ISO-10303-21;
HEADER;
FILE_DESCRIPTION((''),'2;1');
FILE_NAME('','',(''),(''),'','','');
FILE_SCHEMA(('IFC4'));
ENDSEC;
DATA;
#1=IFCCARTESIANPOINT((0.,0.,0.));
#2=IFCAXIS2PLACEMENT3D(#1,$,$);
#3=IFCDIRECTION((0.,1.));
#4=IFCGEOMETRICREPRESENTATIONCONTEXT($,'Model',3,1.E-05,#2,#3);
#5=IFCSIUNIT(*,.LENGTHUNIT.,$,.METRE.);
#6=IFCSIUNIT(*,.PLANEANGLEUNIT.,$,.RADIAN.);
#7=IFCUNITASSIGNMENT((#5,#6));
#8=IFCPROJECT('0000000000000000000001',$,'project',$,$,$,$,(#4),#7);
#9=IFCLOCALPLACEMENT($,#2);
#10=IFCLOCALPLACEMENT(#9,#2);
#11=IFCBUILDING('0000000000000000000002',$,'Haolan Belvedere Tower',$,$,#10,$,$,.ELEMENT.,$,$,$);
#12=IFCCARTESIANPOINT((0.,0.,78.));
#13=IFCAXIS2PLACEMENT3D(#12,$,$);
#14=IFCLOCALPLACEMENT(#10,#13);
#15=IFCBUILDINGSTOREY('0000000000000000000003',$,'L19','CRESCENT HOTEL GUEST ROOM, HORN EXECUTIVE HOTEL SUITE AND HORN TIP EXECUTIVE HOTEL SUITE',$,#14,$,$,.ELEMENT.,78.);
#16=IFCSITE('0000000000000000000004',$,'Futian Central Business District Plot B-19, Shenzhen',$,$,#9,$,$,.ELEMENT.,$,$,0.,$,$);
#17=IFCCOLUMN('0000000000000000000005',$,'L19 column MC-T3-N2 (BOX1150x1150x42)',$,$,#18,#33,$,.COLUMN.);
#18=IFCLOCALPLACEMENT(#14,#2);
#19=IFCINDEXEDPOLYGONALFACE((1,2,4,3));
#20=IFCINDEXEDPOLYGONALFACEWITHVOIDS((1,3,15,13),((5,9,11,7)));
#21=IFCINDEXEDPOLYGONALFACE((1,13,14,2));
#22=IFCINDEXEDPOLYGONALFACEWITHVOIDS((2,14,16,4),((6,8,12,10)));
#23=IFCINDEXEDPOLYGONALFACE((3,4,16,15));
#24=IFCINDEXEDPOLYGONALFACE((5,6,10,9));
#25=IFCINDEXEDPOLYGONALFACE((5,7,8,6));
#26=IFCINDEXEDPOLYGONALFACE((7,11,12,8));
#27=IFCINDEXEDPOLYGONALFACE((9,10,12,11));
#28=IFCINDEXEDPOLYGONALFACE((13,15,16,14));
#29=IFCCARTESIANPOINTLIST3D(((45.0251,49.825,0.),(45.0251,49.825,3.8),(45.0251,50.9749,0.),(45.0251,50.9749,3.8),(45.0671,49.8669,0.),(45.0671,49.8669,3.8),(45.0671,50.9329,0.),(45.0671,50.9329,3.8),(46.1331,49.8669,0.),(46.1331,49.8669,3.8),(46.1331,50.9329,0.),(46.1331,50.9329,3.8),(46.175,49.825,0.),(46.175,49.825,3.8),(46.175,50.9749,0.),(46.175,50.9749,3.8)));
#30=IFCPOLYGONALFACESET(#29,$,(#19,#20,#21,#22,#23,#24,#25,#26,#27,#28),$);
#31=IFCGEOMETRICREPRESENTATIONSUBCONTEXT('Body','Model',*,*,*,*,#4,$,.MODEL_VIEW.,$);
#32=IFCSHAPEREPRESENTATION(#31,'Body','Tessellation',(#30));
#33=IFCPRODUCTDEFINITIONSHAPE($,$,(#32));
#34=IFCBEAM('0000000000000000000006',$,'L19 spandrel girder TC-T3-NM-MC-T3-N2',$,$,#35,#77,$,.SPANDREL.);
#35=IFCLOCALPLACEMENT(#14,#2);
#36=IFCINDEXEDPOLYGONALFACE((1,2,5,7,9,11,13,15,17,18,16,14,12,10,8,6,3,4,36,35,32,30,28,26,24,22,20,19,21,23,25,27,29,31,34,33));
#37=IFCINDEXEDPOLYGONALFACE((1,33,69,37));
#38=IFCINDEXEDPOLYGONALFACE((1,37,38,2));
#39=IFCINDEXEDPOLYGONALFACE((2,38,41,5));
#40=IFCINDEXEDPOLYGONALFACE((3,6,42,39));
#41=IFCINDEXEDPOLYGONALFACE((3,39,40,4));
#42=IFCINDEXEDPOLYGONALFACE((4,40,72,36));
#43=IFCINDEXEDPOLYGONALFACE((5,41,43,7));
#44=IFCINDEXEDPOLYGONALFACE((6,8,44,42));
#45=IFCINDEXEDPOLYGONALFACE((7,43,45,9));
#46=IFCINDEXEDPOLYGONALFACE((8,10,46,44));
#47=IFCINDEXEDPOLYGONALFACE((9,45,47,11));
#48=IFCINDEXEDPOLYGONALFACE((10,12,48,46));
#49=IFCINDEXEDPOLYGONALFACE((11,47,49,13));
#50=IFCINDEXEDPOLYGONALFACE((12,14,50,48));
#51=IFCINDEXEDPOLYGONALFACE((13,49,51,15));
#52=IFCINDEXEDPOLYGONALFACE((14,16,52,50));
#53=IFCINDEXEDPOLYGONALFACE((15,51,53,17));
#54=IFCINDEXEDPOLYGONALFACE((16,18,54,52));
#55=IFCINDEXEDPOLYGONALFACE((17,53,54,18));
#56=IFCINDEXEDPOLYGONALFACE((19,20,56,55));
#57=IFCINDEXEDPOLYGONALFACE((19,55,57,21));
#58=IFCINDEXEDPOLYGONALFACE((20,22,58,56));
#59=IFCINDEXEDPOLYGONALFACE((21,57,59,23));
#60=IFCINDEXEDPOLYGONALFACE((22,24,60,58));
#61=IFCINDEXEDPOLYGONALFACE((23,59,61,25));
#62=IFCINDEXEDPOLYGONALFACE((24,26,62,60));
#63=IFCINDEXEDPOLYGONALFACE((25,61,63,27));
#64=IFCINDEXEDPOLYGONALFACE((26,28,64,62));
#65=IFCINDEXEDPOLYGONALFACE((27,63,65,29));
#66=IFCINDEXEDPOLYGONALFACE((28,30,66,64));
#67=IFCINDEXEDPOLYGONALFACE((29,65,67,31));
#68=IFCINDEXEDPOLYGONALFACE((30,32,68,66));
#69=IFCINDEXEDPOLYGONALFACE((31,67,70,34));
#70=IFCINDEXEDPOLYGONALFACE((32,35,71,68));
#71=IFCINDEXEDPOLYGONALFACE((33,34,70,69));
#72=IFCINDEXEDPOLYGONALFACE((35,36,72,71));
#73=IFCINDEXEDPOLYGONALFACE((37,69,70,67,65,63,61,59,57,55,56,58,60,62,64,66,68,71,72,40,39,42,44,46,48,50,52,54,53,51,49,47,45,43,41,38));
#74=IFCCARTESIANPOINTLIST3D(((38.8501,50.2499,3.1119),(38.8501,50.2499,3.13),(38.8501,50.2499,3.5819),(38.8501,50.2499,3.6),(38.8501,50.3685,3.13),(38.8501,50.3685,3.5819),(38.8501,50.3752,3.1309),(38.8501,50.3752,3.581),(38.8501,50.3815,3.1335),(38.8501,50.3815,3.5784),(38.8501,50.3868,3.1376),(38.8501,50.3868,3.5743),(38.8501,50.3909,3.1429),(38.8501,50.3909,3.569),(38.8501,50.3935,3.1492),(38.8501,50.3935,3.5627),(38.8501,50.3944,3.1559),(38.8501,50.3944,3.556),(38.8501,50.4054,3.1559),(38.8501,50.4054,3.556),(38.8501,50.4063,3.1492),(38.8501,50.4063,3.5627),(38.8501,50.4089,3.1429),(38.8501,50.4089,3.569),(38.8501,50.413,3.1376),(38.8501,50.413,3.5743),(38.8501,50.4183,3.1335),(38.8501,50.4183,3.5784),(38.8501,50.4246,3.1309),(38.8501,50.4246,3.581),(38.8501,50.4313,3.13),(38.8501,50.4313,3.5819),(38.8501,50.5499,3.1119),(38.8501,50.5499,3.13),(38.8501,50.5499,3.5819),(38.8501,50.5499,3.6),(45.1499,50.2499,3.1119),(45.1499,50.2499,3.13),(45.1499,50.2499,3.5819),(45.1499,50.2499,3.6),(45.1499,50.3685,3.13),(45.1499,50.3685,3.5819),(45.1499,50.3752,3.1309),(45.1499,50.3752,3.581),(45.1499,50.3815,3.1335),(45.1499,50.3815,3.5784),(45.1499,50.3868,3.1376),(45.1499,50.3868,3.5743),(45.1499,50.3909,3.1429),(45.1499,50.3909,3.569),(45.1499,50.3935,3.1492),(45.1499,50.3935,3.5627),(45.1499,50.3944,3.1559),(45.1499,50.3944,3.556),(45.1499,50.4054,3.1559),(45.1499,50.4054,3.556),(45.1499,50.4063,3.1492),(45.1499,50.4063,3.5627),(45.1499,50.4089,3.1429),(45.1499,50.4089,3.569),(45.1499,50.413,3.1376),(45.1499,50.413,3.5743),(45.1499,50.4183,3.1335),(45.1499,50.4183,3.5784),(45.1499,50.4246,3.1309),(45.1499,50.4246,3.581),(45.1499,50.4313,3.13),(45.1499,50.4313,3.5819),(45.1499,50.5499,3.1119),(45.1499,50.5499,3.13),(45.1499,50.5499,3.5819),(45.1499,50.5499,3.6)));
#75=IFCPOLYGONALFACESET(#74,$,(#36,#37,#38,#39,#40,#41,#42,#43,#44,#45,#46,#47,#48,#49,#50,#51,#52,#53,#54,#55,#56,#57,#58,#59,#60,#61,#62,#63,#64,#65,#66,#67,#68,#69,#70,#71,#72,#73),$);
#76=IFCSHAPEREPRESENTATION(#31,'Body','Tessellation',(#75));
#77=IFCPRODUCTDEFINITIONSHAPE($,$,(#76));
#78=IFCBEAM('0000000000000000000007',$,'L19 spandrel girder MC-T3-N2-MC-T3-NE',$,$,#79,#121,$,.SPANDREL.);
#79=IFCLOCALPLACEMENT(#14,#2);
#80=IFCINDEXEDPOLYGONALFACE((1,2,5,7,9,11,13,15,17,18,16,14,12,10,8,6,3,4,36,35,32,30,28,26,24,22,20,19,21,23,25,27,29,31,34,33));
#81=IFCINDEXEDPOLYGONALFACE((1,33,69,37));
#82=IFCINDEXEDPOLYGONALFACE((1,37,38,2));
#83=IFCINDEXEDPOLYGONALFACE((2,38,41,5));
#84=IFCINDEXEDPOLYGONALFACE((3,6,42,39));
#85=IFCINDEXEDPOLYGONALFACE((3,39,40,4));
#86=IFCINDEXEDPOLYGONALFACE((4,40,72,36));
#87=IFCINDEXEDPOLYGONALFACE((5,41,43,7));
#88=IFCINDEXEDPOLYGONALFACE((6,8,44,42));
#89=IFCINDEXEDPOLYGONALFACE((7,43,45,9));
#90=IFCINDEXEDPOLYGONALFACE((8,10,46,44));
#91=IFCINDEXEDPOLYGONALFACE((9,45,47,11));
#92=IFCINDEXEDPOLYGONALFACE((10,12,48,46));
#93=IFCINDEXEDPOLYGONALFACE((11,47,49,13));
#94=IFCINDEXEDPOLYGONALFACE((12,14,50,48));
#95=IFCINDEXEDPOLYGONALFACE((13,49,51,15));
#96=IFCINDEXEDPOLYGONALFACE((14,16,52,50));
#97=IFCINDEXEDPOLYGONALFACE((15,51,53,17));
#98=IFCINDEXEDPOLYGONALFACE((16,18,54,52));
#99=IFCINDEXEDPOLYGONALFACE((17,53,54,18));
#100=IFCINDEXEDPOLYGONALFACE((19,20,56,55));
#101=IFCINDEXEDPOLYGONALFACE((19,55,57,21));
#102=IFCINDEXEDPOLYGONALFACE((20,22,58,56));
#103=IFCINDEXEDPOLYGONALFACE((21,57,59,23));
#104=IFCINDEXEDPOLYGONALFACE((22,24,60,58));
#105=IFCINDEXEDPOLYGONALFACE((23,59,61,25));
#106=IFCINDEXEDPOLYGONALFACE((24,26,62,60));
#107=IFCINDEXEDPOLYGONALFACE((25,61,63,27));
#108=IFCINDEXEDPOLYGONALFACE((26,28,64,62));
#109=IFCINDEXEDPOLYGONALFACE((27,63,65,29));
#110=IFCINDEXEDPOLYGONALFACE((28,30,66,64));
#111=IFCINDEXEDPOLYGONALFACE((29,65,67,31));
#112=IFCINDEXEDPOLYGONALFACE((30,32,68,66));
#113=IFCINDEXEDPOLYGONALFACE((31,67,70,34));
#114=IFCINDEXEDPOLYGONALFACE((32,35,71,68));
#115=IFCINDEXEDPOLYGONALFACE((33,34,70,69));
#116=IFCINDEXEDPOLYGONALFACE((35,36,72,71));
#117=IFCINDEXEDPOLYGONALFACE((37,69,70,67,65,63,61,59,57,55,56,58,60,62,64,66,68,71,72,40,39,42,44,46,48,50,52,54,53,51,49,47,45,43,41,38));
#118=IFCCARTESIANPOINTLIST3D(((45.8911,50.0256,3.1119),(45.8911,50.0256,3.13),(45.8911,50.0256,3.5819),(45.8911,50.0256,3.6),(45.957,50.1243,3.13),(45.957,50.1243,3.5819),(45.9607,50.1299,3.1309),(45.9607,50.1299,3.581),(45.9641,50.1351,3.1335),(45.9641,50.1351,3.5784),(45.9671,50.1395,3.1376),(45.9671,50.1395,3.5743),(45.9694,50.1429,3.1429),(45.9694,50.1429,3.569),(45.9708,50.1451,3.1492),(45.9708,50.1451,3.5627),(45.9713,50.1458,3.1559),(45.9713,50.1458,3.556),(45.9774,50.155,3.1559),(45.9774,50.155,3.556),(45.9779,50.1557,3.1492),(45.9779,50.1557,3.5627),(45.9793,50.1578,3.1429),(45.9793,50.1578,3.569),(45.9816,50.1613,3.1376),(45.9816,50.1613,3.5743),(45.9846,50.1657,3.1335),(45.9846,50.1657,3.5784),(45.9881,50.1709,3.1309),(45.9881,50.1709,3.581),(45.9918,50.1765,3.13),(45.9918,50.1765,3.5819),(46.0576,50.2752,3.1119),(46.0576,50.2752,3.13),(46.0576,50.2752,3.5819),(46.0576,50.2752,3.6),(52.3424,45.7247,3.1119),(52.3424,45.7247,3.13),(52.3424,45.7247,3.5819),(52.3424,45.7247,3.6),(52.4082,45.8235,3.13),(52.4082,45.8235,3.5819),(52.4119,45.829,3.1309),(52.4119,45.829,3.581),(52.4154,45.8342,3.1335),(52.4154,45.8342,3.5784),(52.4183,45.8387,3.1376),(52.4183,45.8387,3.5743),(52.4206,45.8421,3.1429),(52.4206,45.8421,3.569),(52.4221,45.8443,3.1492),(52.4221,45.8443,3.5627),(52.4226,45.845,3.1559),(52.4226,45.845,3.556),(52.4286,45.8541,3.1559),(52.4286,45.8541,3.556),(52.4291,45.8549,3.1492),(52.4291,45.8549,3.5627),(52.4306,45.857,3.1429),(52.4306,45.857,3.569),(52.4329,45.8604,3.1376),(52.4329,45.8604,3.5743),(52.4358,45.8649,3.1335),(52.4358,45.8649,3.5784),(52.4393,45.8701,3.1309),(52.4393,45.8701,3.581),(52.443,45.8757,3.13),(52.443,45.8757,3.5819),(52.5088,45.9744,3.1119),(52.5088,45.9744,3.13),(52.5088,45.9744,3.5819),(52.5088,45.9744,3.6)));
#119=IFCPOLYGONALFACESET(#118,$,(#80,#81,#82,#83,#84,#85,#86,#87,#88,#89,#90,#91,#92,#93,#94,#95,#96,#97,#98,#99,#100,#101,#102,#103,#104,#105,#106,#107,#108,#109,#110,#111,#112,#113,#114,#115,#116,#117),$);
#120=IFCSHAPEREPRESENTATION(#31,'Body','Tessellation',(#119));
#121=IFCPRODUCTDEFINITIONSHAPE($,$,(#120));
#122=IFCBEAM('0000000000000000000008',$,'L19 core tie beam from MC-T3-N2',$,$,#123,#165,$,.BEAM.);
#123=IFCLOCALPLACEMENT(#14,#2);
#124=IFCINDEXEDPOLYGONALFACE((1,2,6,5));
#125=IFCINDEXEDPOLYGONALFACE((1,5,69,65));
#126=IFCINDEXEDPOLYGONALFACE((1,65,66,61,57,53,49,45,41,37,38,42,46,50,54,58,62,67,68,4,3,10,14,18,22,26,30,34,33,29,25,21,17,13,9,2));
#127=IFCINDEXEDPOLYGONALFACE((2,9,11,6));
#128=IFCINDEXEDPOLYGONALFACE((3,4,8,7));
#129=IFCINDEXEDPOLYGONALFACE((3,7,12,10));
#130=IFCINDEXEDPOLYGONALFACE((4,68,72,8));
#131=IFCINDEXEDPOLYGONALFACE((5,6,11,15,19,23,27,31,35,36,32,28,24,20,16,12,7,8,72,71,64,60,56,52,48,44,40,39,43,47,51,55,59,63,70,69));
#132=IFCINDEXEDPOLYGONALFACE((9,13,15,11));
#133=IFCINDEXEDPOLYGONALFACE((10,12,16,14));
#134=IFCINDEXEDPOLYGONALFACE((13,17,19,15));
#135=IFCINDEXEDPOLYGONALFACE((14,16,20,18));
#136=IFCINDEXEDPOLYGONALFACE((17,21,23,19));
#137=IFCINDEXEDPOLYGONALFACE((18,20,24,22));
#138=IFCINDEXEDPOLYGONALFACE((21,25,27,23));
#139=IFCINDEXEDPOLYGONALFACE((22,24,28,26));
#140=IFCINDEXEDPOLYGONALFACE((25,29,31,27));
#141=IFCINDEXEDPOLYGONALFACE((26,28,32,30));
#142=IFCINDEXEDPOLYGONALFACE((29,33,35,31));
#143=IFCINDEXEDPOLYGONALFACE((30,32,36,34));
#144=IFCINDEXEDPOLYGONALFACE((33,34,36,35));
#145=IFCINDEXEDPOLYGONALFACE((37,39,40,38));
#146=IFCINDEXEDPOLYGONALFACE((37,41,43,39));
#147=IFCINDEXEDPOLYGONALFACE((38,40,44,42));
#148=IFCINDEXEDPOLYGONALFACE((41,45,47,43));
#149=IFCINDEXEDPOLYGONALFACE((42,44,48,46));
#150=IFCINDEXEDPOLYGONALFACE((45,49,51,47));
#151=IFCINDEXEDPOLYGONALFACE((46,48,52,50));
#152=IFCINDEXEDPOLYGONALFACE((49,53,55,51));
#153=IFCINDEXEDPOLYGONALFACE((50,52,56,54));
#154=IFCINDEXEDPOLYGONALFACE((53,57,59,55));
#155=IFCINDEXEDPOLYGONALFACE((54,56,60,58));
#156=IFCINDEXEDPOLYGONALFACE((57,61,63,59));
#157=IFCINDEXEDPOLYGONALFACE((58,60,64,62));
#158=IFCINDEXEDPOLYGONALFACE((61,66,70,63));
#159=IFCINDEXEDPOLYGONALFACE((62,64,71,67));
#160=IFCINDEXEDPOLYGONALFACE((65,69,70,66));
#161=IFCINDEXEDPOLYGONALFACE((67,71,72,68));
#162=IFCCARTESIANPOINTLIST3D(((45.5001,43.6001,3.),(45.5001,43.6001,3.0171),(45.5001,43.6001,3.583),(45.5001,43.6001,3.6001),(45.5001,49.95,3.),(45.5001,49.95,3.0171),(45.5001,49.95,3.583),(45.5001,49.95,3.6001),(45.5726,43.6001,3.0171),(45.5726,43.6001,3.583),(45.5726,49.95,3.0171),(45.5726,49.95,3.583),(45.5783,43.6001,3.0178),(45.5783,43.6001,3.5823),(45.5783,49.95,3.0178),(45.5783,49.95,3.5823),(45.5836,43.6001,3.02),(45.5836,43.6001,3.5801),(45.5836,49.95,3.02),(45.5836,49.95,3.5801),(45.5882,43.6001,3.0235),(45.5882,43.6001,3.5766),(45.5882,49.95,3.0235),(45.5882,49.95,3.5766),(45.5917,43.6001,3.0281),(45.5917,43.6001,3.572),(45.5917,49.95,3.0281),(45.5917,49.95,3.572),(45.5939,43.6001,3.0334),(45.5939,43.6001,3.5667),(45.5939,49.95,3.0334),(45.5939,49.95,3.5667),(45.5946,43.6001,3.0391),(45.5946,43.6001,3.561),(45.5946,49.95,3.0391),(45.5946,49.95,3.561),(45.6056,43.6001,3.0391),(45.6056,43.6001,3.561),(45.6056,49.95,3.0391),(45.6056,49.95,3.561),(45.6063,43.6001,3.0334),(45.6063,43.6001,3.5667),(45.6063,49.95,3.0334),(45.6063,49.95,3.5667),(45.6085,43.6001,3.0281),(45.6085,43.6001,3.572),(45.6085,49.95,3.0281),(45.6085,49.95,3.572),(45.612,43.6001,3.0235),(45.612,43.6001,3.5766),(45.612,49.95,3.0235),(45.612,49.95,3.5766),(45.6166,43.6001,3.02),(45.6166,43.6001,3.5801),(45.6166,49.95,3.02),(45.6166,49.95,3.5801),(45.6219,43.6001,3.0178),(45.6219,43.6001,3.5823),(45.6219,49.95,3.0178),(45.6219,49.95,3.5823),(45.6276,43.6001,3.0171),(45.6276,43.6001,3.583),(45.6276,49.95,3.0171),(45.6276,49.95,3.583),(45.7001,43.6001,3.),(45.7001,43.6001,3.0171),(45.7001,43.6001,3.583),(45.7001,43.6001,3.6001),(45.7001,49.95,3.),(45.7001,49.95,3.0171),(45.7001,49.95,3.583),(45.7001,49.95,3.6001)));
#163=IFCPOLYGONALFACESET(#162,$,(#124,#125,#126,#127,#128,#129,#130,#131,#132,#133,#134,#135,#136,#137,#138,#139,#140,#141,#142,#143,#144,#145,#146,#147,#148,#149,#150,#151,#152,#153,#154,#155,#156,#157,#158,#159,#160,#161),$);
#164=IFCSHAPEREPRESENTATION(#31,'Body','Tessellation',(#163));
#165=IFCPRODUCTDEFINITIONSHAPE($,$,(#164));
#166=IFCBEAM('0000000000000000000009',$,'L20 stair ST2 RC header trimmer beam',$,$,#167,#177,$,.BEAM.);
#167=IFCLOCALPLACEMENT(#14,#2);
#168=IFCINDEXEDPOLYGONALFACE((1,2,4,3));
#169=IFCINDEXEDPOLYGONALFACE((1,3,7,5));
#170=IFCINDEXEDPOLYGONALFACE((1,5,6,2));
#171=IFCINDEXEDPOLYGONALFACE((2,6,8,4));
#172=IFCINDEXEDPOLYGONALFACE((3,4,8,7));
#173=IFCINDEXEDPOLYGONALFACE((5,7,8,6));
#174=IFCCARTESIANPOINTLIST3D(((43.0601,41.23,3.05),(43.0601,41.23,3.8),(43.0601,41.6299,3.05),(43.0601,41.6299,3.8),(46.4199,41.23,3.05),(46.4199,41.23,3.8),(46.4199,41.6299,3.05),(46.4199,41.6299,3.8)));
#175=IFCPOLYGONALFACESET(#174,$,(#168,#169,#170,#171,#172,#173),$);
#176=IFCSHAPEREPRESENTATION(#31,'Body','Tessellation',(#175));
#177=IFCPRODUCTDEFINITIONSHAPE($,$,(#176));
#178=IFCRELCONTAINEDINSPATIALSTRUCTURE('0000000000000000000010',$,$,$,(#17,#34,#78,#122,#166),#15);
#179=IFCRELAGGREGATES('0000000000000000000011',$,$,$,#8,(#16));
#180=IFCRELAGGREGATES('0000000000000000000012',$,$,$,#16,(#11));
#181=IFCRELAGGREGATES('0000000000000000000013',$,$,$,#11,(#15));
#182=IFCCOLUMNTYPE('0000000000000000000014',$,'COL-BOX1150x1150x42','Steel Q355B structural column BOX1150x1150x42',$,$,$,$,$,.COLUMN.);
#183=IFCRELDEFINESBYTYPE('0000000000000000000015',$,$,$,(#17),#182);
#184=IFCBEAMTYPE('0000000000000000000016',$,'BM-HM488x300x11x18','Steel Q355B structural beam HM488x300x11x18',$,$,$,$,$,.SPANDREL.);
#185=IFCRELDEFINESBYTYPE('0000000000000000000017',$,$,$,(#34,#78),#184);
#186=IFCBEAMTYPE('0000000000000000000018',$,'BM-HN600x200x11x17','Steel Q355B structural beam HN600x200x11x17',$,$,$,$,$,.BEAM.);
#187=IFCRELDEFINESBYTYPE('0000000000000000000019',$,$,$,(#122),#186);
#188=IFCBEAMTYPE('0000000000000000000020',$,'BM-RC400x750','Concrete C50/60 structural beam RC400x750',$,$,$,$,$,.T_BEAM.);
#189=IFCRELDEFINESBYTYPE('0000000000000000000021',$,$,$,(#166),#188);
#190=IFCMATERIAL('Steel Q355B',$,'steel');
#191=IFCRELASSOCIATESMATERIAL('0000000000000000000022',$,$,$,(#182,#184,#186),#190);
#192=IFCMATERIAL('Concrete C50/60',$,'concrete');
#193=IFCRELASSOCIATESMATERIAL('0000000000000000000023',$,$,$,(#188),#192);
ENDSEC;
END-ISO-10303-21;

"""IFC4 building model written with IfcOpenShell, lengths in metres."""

from ifc_helpers import new_model, si_unit, direction, frame, origin, origin_2d, place, context, subcontext, project, spatial, rectangle, hollow_rectangle, i_section, extrude, material, material_profile, profile_set, type_object, element, save


model = new_model("IFC4")

# Units and contexts
model_context = context("Model", 3, precision=1e-05, world=origin(), true_north=direction((0.0, 1.0)))
body_context = subcontext(model_context, "Body", "Model", "MODEL_VIEW")
ifc_project = project(units=[si_unit("LENGTHUNIT", "METRE"), si_unit("PLANEANGLEUNIT", "RADIAN")], contexts=[model_context])

# Site, building, storey
site_placement = place(None, origin())
site = spatial("IfcSite", under=ifc_project, at=site_placement, Name="Futian Central Business District Plot B-19, Shenzhen", CompositionType="ELEMENT", RefElevation=0.0)
building_placement = place(site_placement, origin())
building = spatial("IfcBuilding", under=site, at=building_placement, Name="Haolan Belvedere Tower", CompositionType="ELEMENT")
storey_placement = place(building_placement, frame((0.0, 0.0, 78.0)))
storey = spatial("IfcBuildingStorey", under=building, at=storey_placement, Name="L19", Description="CRESCENT HOTEL GUEST ROOM, HORN EXECUTIVE HOTEL SUITE AND HORN TIP EXECUTIVE HOTEL SUITE", CompositionType="ELEMENT", Elevation=78.0)

# Column
ifc_material_1 = material(Name="Steel Q355B", Category="steel")
ifc_material_profile_1 = material_profile(ifc_material_1, hollow_rectangle(XDim=1.1499, YDim=1.1499, WallThickness=0.042, at=origin_2d()), Name="Steel Q355B")
ifc_profile_set_1 = profile_set([ifc_material_profile_1], Name="Steel Q355B")
column_type = type_object("IfcColumnType", Name="COL-BOX1150x1150x42", Description="Steel Q355B structural column BOX1150x1150x42", PredefinedType="COLUMN", material=ifc_profile_set_1)
column_placement = place(storey_placement, frame((45.6001, 50.3999, 0.0), z_axis=(0.0, 0.0, 1.0), x_axis=(1.0, 0.0, 0.0)))
element("IfcColumn", 1, at=column_placement, inside=storey, type_object=column_type, Name="L19 column MC-T3-N2 (BOX1150x1150x42)", PredefinedType="COLUMN", context=body_context, shape_type="SweptSolid", body=[
    extrude(hollow_rectangle(XDim=1.1499, YDim=1.1499, WallThickness=0.042, at=origin_2d()), origin(), (0.0, 0.0, 1.0), 3.8),
])

# Beams
ifc_material_profile_2 = material_profile(ifc_material_1, i_section(OverallWidth=0.3, OverallDepth=0.488, WebThickness=0.011, FlangeThickness=0.0181, FilletRadius=0.0259, at=origin_2d()), Name="Steel Q355B")
ifc_profile_set_2 = profile_set([ifc_material_profile_2], Name="Steel Q355B")
beam_type_1 = type_object("IfcBeamType", Name="BM-HM488x300x11x18", Description="Steel Q355B structural beam HM488x300x11x18", PredefinedType="SPANDREL", material=ifc_profile_set_2)
beam_1_placement = place(storey_placement, frame((38.8501, 50.3999, 3.356), z_axis=(1.0, 0.0, 0.0), x_axis=(0.0, 1.0, 0.0)))
element("IfcBeam", 2, at=beam_1_placement, inside=storey, type_object=beam_type_1, Name="L19 spandrel girder TC-T3-NM-MC-T3-N2", PredefinedType="SPANDREL", context=body_context, shape_type="SweptSolid", body=[
    extrude(i_section(OverallWidth=0.3, OverallDepth=0.488, WebThickness=0.011, FlangeThickness=0.0181, FilletRadius=0.0259, at=origin_2d()), origin(), (0.0, 0.0, 1.0), 6.2998),
])
beam_2_placement = place(storey_placement, frame((45.9744, 50.1504, 3.356), z_axis=(0.83205, -0.5547, 0.0), x_axis=(0.5547, 0.83205, 0.0)))
element("IfcBeam", 3, at=beam_2_placement, inside=storey, type_object=beam_type_1, Name="L19 spandrel girder MC-T3-N2-MC-T3-NE", PredefinedType="SPANDREL", context=body_context, shape_type="SweptSolid", body=[
    extrude(i_section(OverallWidth=0.3, OverallDepth=0.488, WebThickness=0.011, FlangeThickness=0.0181, FilletRadius=0.0259, at=origin_2d()), origin(), (0.0, 0.0, 1.0), 7.7534),
])
ifc_material_profile_3 = material_profile(ifc_material_1, i_section(OverallWidth=0.2, OverallDepth=0.6001, WebThickness=0.011, FlangeThickness=0.0171, FilletRadius=0.022, at=origin_2d()), Name="Steel Q355B")
ifc_profile_set_3 = profile_set([ifc_material_profile_3], Name="Steel Q355B")
beam_type_2 = type_object("IfcBeamType", Name="BM-HN600x200x11x17", Description="Steel Q355B structural beam HN600x200x11x17", PredefinedType="BEAM", material=ifc_profile_set_3)
beam_3_placement = place(storey_placement, frame((45.6001, 49.95, 3.3), z_axis=(0.0, -1.0, 0.0), x_axis=(1.0, 0.0, 0.0)))
element("IfcBeam", 4, at=beam_3_placement, inside=storey, type_object=beam_type_2, Name="L19 core tie beam from MC-T3-N2", PredefinedType="BEAM", context=body_context, shape_type="SweptSolid", body=[
    extrude(i_section(OverallWidth=0.2, OverallDepth=0.6001, WebThickness=0.011, FlangeThickness=0.0171, FilletRadius=0.022, at=origin_2d()), origin(), (0.0, 0.0, 1.0), 6.3499),
])
ifc_material_2 = material(Name="Concrete C50/60", Category="concrete")
ifc_material_profile_4 = material_profile(ifc_material_2, rectangle(XDim=0.3999, YDim=0.75, at=origin_2d()), Name="Concrete C50/60")
ifc_profile_set_4 = profile_set([ifc_material_profile_4], Name="Concrete C50/60")
beam_type_3 = type_object("IfcBeamType", Name="BM-RC400x750", Description="Concrete C50/60 structural beam RC400x750", PredefinedType="T_BEAM", material=ifc_profile_set_4)
beam_4_placement = place(storey_placement, frame((43.0601, 41.4299, 3.425), z_axis=(1.0, 0.0, 0.0), x_axis=(0.0, 1.0, 0.0)))
element("IfcBeam", 5, at=beam_4_placement, inside=storey, type_object=beam_type_3, Name="L20 stair ST2 RC header trimmer beam", PredefinedType="BEAM", context=body_context, shape_type="SweptSolid", body=[
    extrude(rectangle(XDim=0.3999, YDim=0.75, at=origin_2d()), origin(), (0.0, 0.0, 1.0), 3.3599),
])

save(model, "model.ifc")
